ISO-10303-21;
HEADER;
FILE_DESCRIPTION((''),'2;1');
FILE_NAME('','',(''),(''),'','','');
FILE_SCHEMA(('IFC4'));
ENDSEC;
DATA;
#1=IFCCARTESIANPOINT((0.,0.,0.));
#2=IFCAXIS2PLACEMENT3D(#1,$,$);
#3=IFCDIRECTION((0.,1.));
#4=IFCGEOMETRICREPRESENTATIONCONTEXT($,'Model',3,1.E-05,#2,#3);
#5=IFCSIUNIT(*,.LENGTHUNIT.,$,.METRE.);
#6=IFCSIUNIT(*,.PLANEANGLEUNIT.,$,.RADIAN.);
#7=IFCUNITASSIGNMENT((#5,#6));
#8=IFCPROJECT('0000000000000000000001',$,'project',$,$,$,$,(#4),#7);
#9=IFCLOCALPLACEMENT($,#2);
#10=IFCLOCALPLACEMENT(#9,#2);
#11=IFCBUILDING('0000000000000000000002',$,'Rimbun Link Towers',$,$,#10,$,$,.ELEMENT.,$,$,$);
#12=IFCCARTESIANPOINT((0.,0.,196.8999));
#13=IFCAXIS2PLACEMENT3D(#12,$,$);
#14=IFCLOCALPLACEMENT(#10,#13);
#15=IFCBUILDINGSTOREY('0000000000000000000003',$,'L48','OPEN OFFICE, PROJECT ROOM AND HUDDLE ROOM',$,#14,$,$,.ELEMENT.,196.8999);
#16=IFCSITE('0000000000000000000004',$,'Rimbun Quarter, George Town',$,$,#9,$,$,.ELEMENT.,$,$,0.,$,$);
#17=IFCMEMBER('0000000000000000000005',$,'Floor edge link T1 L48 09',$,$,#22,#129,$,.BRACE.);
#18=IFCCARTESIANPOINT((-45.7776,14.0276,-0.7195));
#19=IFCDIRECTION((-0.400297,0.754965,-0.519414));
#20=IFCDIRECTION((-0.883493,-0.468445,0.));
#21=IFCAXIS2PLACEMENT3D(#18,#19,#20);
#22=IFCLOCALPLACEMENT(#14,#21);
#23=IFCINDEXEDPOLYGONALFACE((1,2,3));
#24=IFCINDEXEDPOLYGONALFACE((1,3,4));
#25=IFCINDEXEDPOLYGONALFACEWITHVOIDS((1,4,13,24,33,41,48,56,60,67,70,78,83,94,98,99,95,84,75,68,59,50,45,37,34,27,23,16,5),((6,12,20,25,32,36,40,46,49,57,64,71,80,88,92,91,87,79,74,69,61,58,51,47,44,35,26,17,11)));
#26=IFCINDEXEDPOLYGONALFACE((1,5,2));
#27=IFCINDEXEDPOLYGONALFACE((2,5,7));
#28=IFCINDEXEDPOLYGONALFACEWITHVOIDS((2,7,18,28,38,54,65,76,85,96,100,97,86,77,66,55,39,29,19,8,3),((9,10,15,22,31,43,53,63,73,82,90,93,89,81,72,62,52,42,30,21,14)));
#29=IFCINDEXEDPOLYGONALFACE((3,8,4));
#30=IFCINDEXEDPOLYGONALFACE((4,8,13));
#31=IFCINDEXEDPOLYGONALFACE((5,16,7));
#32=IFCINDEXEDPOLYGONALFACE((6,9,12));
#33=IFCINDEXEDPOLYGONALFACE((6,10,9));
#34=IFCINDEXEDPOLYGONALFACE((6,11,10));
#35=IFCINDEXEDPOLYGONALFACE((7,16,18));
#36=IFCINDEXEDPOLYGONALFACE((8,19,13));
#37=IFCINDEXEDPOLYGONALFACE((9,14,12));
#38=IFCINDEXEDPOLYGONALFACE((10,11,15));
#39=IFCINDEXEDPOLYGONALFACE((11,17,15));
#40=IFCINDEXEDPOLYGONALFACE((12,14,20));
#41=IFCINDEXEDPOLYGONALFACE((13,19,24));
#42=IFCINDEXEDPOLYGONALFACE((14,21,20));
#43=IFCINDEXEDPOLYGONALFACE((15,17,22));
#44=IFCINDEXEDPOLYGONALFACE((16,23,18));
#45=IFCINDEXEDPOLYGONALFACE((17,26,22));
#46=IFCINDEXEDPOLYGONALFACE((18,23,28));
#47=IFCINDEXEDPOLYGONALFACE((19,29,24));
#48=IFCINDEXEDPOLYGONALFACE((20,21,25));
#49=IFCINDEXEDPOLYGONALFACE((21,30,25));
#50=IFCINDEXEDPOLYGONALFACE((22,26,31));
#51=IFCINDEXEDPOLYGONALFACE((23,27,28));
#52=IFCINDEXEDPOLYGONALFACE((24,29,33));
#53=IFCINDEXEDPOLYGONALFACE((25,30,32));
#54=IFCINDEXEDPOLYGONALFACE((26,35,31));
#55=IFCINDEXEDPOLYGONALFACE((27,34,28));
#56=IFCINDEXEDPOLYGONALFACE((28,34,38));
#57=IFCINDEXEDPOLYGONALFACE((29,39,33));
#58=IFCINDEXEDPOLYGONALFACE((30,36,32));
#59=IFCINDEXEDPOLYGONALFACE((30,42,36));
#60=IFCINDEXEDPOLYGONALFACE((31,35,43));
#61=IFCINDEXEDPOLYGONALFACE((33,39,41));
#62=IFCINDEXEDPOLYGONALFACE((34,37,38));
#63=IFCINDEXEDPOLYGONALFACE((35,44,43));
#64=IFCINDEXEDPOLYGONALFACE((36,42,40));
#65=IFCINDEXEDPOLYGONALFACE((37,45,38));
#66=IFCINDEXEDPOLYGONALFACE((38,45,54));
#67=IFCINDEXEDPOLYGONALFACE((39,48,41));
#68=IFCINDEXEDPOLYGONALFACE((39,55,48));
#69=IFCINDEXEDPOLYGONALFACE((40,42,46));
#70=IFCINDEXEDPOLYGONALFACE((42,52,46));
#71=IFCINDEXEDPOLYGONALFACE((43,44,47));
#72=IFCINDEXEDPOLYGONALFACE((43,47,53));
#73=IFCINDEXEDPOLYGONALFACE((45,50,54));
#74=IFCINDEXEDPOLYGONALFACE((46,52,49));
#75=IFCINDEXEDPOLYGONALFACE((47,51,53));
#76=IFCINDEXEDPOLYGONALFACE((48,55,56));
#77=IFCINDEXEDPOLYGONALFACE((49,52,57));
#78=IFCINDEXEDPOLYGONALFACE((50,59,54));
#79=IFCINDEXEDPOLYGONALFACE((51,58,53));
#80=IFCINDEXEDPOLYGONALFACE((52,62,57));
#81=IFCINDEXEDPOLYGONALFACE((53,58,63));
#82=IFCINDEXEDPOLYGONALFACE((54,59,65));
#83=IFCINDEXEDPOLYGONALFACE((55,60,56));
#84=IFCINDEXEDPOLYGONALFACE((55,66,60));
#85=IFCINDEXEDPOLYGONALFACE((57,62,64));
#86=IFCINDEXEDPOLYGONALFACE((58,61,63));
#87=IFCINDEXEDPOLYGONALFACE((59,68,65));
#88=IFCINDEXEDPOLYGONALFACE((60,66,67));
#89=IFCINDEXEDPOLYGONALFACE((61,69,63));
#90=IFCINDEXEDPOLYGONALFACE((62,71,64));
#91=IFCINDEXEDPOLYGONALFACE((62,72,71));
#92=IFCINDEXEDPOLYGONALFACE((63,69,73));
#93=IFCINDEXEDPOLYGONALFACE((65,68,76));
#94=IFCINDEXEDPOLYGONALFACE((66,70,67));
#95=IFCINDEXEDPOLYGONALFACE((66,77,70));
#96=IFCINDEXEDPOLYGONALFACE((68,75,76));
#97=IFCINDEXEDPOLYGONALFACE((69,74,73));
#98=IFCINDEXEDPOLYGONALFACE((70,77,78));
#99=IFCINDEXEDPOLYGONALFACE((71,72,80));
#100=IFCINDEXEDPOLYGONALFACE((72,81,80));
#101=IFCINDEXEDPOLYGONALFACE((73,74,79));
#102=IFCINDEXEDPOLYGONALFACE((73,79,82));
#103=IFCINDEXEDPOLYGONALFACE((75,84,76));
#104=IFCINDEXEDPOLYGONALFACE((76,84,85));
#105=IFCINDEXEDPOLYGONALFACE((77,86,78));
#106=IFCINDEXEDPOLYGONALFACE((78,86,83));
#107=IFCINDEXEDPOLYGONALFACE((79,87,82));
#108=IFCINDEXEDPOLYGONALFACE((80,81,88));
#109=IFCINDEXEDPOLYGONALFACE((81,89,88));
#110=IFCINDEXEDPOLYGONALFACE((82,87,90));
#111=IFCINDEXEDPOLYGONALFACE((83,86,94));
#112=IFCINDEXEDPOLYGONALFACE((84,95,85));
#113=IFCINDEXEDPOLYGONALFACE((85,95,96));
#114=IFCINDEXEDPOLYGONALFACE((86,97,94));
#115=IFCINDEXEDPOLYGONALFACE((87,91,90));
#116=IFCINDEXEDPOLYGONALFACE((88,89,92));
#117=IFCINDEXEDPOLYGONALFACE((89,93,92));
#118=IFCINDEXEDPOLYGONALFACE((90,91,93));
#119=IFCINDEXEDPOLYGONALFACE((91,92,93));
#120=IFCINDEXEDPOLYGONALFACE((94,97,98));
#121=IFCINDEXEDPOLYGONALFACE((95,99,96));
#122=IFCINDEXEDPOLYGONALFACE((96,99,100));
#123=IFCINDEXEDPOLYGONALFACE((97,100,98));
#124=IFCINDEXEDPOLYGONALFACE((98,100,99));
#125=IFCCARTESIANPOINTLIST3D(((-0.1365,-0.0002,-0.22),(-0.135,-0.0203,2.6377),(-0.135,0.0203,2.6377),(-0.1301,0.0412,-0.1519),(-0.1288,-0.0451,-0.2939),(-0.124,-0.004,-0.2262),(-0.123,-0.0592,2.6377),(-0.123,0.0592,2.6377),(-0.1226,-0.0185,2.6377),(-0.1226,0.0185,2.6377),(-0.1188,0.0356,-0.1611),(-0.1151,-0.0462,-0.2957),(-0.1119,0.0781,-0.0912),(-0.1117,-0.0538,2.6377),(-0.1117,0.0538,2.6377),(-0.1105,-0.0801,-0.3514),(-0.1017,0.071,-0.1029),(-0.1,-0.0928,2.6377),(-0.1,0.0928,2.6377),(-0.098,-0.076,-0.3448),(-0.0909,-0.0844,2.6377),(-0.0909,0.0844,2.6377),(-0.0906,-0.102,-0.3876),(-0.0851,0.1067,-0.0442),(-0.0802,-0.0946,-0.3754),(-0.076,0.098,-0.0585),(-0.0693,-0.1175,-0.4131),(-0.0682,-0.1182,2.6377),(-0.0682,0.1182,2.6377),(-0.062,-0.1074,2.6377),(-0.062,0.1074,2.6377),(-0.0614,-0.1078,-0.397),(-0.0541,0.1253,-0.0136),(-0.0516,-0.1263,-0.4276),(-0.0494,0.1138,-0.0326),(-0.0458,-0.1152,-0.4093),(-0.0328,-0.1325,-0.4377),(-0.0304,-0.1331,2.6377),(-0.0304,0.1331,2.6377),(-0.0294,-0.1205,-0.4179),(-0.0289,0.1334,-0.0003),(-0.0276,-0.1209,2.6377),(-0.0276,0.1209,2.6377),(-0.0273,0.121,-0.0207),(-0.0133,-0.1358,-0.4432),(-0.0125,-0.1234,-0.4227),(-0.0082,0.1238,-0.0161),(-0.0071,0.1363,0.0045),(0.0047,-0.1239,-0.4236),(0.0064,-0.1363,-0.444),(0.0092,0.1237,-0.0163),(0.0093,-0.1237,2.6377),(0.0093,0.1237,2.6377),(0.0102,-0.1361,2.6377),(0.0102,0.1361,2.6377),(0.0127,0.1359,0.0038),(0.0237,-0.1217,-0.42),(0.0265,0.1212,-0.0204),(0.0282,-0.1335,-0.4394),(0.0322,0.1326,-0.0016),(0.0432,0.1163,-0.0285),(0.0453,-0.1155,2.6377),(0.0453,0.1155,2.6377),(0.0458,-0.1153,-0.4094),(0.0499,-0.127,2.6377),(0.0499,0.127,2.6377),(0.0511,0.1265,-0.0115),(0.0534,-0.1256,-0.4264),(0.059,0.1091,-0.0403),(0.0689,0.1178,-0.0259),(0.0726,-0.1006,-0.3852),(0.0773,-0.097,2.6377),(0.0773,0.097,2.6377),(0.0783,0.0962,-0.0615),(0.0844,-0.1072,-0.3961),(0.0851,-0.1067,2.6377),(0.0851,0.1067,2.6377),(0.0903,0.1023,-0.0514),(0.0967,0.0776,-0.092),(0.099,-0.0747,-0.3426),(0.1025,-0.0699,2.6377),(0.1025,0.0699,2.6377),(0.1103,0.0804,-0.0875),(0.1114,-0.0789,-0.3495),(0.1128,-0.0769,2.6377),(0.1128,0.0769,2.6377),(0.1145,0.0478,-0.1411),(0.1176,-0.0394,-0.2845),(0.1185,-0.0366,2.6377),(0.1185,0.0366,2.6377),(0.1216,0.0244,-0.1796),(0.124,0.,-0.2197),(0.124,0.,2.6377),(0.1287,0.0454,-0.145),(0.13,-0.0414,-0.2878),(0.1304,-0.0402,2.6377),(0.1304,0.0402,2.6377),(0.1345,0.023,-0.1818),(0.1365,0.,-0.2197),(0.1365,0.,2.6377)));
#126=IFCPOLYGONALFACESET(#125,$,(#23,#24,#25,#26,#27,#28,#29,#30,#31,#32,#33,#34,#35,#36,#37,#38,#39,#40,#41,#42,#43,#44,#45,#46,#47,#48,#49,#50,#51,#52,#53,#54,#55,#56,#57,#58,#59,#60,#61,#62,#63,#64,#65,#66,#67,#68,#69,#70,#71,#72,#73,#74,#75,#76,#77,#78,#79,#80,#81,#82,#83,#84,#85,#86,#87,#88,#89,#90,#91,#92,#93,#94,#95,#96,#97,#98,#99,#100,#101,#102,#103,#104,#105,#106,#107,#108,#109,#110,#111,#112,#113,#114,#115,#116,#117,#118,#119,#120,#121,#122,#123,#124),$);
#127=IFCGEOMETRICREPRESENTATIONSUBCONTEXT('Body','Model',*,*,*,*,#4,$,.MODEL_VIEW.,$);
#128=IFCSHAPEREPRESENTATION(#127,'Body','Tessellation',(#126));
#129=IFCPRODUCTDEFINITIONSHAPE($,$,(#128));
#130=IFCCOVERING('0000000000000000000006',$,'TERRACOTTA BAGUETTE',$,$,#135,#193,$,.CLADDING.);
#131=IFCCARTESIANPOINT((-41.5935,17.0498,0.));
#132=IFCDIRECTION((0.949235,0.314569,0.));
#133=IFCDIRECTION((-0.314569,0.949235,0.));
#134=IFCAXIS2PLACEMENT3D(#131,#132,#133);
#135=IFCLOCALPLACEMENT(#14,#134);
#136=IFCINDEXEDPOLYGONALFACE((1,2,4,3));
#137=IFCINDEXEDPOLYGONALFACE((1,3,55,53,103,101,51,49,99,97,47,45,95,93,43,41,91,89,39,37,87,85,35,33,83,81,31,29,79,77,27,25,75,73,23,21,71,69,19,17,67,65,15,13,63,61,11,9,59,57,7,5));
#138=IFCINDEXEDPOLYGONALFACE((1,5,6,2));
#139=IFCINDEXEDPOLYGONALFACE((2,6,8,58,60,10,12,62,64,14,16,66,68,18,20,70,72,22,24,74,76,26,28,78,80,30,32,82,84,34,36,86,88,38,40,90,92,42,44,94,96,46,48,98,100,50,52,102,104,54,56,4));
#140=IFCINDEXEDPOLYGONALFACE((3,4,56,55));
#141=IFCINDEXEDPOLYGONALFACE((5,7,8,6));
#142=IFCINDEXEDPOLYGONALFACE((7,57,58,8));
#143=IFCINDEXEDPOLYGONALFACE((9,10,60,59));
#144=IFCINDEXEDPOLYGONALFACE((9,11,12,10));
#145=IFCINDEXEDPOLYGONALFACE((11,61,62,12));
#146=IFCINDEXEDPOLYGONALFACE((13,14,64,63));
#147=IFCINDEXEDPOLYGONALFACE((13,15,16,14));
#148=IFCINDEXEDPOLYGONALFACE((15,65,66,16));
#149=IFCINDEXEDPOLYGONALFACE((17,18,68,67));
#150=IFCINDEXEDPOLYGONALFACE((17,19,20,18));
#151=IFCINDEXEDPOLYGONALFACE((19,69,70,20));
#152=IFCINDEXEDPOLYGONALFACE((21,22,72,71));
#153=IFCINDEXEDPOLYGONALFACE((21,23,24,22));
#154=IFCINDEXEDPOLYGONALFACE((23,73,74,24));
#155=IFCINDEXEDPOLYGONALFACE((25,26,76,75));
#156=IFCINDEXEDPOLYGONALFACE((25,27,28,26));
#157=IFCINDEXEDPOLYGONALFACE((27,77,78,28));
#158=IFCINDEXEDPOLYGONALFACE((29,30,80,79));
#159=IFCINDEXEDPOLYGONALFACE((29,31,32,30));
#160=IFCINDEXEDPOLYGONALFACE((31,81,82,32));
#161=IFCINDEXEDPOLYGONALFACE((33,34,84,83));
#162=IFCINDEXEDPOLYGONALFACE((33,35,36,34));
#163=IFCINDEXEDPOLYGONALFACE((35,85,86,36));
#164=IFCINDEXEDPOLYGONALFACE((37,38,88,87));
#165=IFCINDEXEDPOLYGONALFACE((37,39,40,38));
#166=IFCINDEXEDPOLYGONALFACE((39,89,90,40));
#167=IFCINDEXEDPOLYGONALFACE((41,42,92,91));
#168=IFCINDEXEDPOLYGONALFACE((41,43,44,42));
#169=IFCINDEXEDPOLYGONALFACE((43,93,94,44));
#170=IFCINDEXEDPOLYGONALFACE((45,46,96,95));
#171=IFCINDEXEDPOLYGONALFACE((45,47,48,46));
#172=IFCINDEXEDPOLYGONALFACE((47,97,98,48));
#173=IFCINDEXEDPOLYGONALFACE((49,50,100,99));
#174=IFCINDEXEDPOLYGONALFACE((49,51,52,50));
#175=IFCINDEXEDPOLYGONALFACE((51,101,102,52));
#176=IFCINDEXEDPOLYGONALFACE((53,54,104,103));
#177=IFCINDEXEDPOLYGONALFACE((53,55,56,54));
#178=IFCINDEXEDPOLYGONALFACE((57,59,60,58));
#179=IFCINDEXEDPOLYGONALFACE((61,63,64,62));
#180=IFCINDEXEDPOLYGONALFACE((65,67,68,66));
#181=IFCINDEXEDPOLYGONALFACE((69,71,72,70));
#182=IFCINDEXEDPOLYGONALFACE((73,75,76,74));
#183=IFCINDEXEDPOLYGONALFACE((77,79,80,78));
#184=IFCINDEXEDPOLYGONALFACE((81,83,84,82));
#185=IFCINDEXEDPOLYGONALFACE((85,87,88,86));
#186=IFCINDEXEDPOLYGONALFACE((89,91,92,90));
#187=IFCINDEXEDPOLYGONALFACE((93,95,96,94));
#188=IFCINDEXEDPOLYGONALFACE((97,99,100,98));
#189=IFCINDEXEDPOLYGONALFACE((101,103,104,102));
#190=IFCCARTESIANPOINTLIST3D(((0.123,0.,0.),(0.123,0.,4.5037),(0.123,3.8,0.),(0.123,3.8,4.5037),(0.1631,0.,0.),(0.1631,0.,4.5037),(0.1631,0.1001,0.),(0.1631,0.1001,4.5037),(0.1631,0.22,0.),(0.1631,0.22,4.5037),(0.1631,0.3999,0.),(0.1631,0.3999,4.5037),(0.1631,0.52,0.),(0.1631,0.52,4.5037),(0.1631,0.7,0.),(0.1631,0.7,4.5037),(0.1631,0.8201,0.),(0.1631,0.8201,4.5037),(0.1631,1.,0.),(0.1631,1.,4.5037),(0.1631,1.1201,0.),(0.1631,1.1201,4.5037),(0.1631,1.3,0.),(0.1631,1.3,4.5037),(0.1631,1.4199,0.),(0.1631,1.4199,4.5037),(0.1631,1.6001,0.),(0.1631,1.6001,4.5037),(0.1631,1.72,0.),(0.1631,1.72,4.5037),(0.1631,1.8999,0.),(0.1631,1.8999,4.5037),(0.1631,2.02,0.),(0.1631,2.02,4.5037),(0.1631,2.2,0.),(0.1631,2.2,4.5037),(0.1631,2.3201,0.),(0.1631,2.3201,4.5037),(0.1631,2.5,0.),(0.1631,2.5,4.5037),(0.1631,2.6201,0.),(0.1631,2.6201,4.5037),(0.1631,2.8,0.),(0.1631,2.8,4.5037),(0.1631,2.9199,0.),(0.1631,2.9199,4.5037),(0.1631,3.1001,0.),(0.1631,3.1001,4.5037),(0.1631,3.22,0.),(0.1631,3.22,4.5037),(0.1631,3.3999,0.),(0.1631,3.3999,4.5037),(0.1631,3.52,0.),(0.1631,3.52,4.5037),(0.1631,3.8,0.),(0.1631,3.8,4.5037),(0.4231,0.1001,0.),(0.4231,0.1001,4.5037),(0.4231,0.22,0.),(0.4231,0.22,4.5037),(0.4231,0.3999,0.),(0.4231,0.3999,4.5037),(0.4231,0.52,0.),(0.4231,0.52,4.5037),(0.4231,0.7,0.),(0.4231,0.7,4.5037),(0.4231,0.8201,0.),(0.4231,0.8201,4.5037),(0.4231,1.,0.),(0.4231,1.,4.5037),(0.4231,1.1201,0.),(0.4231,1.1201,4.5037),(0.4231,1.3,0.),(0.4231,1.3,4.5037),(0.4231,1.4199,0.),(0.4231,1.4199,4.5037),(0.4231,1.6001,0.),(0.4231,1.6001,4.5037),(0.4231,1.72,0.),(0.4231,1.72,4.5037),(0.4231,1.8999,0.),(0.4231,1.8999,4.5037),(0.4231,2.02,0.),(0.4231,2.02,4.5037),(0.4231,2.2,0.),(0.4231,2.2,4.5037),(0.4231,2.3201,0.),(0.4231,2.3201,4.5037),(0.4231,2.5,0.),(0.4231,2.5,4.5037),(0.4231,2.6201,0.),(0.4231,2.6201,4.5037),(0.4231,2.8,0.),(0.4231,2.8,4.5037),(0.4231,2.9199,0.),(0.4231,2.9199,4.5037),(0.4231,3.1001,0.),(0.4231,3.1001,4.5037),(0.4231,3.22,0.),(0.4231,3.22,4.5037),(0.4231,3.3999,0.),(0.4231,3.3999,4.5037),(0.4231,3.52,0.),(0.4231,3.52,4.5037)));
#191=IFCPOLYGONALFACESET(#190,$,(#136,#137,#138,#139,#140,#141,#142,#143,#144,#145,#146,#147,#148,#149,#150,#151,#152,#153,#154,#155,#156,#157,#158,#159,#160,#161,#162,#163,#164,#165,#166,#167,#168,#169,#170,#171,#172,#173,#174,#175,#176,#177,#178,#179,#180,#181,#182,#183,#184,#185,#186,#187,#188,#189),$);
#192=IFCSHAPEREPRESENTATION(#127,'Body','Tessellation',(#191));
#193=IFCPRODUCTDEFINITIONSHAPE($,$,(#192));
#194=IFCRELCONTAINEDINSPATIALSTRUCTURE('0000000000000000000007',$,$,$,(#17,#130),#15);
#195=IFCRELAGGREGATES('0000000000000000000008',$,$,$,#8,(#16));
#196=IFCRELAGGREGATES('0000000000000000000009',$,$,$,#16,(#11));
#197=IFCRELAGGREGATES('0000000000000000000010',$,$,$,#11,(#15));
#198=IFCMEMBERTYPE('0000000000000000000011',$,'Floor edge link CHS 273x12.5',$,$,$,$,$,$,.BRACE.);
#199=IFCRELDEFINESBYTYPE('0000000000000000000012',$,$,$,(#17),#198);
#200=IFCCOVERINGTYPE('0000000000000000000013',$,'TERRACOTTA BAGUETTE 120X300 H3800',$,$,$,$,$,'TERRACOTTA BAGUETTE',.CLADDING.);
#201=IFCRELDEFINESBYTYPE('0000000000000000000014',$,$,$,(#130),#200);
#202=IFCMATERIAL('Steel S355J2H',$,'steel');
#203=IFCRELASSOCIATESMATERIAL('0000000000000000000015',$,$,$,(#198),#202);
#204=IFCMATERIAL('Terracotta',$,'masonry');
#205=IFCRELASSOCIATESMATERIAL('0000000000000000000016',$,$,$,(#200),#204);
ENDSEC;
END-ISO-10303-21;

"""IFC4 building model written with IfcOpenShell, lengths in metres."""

from ifc_helpers import new_model, si_unit, direction, frame, origin, origin_2d, place, context, subcontext, project, spatial, polyline, hollow_circle, outline, extrude, clip, halfspace, material, material_profile, profile_set, type_object, element, save


model = new_model("IFC4")

# Units and contexts
model_context = context("Model", 3, precision=1e-05, world=origin(), true_north=direction((0.0, 1.0)))
body_context = subcontext(model_context, "Body", "Model", "MODEL_VIEW")
ifc_project = project(units=[si_unit("LENGTHUNIT", "METRE"), si_unit("PLANEANGLEUNIT", "RADIAN")], contexts=[model_context])

# Site, building, storey
site_placement = place(None, origin())
site = spatial("IfcSite", under=ifc_project, at=site_placement, Name="Rimbun Quarter, George Town", CompositionType="ELEMENT", RefElevation=0.0)
building_placement = place(site_placement, origin())
building = spatial("IfcBuilding", under=site, at=building_placement, Name="Rimbun Link Towers", CompositionType="ELEMENT")
storey_placement = place(building_placement, frame((0.0, 0.0, 196.8999)))
storey = spatial("IfcBuildingStorey", under=building, at=storey_placement, Name="L48", Description="OPEN OFFICE, PROJECT ROOM AND HUDDLE ROOM", CompositionType="ELEMENT", Elevation=196.8999)

# Member
ifc_material_1 = material(Name="Steel S355J2H", Category="steel")
ifc_material_profile_1 = material_profile(ifc_material_1, hollow_circle(Radius=0.1365, WallThickness=0.0125, at=origin_2d()), Name="CHS 273x12.5")
ifc_profile_set_1 = profile_set([ifc_material_profile_1], Name="Steel S355J2H")
member_type_1 = type_object("IfcMemberType", Name="Floor edge link CHS 273x12.5", PredefinedType="BRACE", material=ifc_profile_set_1)
member_1_placement = place(storey_placement, frame((-45.7776, 14.0276, -0.7195), z_axis=(-0.400297, 0.754965, -0.519414), x_axis=(-0.883493, -0.468445, 0.0)))
element("IfcMember", 1, at=member_1_placement, inside=storey, type_object=member_type_1, Name="Floor edge link T1 L48 09", PredefinedType="BRACE", context=body_context, shape_type="Clipping", body=[
    clip(extrude(hollow_circle(Radius=0.1365, WallThickness=0.0125, at=origin_2d()), frame((0.0, 0.0, -0.4685)), (0.0, 0.0, 1.0), 3.1062), halfspace(frame((0.0, 0.0, -0.2197), z_axis=(0.0, 0.854523, -0.519414)), False)),
])

# Covering
ifc_material_2 = material(Name="Terracotta", Category="masonry")
ifc_material_profile_2 = material_profile(ifc_material_2, outline(polyline([(0.123, 0.0), (0.1631, 0.0), (0.1631, 0.1001), (0.4231, 0.1001), (0.4231, 0.22), (0.1631, 0.22), (0.1631, 0.3999), (0.4231, 0.3999), (0.4231, 0.52), (0.1631, 0.52), (0.1631, 0.7), (0.4231, 0.7), (0.4231, 0.8201), (0.1631, 0.8201), (0.1631, 1.0), (0.4231, 1.0), (0.4231, 1.1201), (0.1631, 1.1201), (0.1631, 1.3), (0.4231, 1.3), (0.4231, 1.4199), (0.1631, 1.4199), (0.1631, 1.6001), (0.4231, 1.6001), (0.4231, 1.72), (0.1631, 1.72), (0.1631, 1.8999), (0.4231, 1.8999), (0.4231, 2.02), (0.1631, 2.02), (0.1631, 2.2), (0.4231, 2.2), (0.4231, 2.3201), (0.1631, 2.3201), (0.1631, 2.5), (0.4231, 2.5), (0.4231, 2.6201), (0.1631, 2.6201), (0.1631, 2.8), (0.4231, 2.8), (0.4231, 2.9199), (0.1631, 2.9199), (0.1631, 3.1001), (0.4231, 3.1001), (0.4231, 3.22), (0.1631, 3.22), (0.1631, 3.3999), (0.4231, 3.3999), (0.4231, 3.52), (0.1631, 3.52), (0.1631, 3.8), (0.123, 3.8), (0.123, 0.0)])), Name="BAGUETTE 120X300")
ifc_profile_set_2 = profile_set([ifc_material_profile_2], Name="Terracotta")
covering_type = type_object("IfcCoveringType", Name="TERRACOTTA BAGUETTE 120X300 H3800", ElementType="TERRACOTTA BAGUETTE", PredefinedType="CLADDING", material=ifc_profile_set_2)
covering_1_placement = place(storey_placement, frame((-41.5935, 17.0498, 0.0), z_axis=(0.949235, 0.314569, 0.0), x_axis=(-0.314569, 0.949235, 0.0)))
element("IfcCovering", 2, at=covering_1_placement, inside=storey, type_object=covering_type, Name="TERRACOTTA BAGUETTE", PredefinedType="CLADDING", context=body_context, shape_type="SweptSolid", body=[
    extrude(outline(polyline([(0.123, 0.0), (0.1631, 0.0), (0.1631, 0.1001), (0.4231, 0.1001), (0.4231, 0.22), (0.1631, 0.22), (0.1631, 0.3999), (0.4231, 0.3999), (0.4231, 0.52), (0.1631, 0.52), (0.1631, 0.7), (0.4231, 0.7), (0.4231, 0.8201), (0.1631, 0.8201), (0.1631, 1.0), (0.4231, 1.0), (0.4231, 1.1201), (0.1631, 1.1201), (0.1631, 1.3), (0.4231, 1.3), (0.4231, 1.4199), (0.1631, 1.4199), (0.1631, 1.6001), (0.4231, 1.6001), (0.4231, 1.72), (0.1631, 1.72), (0.1631, 1.8999), (0.4231, 1.8999), (0.4231, 2.02), (0.1631, 2.02), (0.1631, 2.2), (0.4231, 2.2), (0.4231, 2.3201), (0.1631, 2.3201), (0.1631, 2.5), (0.4231, 2.5), (0.4231, 2.6201), (0.1631, 2.6201), (0.1631, 2.8), (0.4231, 2.8), (0.4231, 2.9199), (0.1631, 2.9199), (0.1631, 3.1001), (0.4231, 3.1001), (0.4231, 3.22), (0.1631, 3.22), (0.1631, 3.3999), (0.4231, 3.3999), (0.4231, 3.52), (0.1631, 3.52), (0.1631, 3.8), (0.123, 3.8), (0.123, 0.0)])), origin(), (0.0, 0.0, 1.0), 4.5037),
])

save(model, "model.ifc")
